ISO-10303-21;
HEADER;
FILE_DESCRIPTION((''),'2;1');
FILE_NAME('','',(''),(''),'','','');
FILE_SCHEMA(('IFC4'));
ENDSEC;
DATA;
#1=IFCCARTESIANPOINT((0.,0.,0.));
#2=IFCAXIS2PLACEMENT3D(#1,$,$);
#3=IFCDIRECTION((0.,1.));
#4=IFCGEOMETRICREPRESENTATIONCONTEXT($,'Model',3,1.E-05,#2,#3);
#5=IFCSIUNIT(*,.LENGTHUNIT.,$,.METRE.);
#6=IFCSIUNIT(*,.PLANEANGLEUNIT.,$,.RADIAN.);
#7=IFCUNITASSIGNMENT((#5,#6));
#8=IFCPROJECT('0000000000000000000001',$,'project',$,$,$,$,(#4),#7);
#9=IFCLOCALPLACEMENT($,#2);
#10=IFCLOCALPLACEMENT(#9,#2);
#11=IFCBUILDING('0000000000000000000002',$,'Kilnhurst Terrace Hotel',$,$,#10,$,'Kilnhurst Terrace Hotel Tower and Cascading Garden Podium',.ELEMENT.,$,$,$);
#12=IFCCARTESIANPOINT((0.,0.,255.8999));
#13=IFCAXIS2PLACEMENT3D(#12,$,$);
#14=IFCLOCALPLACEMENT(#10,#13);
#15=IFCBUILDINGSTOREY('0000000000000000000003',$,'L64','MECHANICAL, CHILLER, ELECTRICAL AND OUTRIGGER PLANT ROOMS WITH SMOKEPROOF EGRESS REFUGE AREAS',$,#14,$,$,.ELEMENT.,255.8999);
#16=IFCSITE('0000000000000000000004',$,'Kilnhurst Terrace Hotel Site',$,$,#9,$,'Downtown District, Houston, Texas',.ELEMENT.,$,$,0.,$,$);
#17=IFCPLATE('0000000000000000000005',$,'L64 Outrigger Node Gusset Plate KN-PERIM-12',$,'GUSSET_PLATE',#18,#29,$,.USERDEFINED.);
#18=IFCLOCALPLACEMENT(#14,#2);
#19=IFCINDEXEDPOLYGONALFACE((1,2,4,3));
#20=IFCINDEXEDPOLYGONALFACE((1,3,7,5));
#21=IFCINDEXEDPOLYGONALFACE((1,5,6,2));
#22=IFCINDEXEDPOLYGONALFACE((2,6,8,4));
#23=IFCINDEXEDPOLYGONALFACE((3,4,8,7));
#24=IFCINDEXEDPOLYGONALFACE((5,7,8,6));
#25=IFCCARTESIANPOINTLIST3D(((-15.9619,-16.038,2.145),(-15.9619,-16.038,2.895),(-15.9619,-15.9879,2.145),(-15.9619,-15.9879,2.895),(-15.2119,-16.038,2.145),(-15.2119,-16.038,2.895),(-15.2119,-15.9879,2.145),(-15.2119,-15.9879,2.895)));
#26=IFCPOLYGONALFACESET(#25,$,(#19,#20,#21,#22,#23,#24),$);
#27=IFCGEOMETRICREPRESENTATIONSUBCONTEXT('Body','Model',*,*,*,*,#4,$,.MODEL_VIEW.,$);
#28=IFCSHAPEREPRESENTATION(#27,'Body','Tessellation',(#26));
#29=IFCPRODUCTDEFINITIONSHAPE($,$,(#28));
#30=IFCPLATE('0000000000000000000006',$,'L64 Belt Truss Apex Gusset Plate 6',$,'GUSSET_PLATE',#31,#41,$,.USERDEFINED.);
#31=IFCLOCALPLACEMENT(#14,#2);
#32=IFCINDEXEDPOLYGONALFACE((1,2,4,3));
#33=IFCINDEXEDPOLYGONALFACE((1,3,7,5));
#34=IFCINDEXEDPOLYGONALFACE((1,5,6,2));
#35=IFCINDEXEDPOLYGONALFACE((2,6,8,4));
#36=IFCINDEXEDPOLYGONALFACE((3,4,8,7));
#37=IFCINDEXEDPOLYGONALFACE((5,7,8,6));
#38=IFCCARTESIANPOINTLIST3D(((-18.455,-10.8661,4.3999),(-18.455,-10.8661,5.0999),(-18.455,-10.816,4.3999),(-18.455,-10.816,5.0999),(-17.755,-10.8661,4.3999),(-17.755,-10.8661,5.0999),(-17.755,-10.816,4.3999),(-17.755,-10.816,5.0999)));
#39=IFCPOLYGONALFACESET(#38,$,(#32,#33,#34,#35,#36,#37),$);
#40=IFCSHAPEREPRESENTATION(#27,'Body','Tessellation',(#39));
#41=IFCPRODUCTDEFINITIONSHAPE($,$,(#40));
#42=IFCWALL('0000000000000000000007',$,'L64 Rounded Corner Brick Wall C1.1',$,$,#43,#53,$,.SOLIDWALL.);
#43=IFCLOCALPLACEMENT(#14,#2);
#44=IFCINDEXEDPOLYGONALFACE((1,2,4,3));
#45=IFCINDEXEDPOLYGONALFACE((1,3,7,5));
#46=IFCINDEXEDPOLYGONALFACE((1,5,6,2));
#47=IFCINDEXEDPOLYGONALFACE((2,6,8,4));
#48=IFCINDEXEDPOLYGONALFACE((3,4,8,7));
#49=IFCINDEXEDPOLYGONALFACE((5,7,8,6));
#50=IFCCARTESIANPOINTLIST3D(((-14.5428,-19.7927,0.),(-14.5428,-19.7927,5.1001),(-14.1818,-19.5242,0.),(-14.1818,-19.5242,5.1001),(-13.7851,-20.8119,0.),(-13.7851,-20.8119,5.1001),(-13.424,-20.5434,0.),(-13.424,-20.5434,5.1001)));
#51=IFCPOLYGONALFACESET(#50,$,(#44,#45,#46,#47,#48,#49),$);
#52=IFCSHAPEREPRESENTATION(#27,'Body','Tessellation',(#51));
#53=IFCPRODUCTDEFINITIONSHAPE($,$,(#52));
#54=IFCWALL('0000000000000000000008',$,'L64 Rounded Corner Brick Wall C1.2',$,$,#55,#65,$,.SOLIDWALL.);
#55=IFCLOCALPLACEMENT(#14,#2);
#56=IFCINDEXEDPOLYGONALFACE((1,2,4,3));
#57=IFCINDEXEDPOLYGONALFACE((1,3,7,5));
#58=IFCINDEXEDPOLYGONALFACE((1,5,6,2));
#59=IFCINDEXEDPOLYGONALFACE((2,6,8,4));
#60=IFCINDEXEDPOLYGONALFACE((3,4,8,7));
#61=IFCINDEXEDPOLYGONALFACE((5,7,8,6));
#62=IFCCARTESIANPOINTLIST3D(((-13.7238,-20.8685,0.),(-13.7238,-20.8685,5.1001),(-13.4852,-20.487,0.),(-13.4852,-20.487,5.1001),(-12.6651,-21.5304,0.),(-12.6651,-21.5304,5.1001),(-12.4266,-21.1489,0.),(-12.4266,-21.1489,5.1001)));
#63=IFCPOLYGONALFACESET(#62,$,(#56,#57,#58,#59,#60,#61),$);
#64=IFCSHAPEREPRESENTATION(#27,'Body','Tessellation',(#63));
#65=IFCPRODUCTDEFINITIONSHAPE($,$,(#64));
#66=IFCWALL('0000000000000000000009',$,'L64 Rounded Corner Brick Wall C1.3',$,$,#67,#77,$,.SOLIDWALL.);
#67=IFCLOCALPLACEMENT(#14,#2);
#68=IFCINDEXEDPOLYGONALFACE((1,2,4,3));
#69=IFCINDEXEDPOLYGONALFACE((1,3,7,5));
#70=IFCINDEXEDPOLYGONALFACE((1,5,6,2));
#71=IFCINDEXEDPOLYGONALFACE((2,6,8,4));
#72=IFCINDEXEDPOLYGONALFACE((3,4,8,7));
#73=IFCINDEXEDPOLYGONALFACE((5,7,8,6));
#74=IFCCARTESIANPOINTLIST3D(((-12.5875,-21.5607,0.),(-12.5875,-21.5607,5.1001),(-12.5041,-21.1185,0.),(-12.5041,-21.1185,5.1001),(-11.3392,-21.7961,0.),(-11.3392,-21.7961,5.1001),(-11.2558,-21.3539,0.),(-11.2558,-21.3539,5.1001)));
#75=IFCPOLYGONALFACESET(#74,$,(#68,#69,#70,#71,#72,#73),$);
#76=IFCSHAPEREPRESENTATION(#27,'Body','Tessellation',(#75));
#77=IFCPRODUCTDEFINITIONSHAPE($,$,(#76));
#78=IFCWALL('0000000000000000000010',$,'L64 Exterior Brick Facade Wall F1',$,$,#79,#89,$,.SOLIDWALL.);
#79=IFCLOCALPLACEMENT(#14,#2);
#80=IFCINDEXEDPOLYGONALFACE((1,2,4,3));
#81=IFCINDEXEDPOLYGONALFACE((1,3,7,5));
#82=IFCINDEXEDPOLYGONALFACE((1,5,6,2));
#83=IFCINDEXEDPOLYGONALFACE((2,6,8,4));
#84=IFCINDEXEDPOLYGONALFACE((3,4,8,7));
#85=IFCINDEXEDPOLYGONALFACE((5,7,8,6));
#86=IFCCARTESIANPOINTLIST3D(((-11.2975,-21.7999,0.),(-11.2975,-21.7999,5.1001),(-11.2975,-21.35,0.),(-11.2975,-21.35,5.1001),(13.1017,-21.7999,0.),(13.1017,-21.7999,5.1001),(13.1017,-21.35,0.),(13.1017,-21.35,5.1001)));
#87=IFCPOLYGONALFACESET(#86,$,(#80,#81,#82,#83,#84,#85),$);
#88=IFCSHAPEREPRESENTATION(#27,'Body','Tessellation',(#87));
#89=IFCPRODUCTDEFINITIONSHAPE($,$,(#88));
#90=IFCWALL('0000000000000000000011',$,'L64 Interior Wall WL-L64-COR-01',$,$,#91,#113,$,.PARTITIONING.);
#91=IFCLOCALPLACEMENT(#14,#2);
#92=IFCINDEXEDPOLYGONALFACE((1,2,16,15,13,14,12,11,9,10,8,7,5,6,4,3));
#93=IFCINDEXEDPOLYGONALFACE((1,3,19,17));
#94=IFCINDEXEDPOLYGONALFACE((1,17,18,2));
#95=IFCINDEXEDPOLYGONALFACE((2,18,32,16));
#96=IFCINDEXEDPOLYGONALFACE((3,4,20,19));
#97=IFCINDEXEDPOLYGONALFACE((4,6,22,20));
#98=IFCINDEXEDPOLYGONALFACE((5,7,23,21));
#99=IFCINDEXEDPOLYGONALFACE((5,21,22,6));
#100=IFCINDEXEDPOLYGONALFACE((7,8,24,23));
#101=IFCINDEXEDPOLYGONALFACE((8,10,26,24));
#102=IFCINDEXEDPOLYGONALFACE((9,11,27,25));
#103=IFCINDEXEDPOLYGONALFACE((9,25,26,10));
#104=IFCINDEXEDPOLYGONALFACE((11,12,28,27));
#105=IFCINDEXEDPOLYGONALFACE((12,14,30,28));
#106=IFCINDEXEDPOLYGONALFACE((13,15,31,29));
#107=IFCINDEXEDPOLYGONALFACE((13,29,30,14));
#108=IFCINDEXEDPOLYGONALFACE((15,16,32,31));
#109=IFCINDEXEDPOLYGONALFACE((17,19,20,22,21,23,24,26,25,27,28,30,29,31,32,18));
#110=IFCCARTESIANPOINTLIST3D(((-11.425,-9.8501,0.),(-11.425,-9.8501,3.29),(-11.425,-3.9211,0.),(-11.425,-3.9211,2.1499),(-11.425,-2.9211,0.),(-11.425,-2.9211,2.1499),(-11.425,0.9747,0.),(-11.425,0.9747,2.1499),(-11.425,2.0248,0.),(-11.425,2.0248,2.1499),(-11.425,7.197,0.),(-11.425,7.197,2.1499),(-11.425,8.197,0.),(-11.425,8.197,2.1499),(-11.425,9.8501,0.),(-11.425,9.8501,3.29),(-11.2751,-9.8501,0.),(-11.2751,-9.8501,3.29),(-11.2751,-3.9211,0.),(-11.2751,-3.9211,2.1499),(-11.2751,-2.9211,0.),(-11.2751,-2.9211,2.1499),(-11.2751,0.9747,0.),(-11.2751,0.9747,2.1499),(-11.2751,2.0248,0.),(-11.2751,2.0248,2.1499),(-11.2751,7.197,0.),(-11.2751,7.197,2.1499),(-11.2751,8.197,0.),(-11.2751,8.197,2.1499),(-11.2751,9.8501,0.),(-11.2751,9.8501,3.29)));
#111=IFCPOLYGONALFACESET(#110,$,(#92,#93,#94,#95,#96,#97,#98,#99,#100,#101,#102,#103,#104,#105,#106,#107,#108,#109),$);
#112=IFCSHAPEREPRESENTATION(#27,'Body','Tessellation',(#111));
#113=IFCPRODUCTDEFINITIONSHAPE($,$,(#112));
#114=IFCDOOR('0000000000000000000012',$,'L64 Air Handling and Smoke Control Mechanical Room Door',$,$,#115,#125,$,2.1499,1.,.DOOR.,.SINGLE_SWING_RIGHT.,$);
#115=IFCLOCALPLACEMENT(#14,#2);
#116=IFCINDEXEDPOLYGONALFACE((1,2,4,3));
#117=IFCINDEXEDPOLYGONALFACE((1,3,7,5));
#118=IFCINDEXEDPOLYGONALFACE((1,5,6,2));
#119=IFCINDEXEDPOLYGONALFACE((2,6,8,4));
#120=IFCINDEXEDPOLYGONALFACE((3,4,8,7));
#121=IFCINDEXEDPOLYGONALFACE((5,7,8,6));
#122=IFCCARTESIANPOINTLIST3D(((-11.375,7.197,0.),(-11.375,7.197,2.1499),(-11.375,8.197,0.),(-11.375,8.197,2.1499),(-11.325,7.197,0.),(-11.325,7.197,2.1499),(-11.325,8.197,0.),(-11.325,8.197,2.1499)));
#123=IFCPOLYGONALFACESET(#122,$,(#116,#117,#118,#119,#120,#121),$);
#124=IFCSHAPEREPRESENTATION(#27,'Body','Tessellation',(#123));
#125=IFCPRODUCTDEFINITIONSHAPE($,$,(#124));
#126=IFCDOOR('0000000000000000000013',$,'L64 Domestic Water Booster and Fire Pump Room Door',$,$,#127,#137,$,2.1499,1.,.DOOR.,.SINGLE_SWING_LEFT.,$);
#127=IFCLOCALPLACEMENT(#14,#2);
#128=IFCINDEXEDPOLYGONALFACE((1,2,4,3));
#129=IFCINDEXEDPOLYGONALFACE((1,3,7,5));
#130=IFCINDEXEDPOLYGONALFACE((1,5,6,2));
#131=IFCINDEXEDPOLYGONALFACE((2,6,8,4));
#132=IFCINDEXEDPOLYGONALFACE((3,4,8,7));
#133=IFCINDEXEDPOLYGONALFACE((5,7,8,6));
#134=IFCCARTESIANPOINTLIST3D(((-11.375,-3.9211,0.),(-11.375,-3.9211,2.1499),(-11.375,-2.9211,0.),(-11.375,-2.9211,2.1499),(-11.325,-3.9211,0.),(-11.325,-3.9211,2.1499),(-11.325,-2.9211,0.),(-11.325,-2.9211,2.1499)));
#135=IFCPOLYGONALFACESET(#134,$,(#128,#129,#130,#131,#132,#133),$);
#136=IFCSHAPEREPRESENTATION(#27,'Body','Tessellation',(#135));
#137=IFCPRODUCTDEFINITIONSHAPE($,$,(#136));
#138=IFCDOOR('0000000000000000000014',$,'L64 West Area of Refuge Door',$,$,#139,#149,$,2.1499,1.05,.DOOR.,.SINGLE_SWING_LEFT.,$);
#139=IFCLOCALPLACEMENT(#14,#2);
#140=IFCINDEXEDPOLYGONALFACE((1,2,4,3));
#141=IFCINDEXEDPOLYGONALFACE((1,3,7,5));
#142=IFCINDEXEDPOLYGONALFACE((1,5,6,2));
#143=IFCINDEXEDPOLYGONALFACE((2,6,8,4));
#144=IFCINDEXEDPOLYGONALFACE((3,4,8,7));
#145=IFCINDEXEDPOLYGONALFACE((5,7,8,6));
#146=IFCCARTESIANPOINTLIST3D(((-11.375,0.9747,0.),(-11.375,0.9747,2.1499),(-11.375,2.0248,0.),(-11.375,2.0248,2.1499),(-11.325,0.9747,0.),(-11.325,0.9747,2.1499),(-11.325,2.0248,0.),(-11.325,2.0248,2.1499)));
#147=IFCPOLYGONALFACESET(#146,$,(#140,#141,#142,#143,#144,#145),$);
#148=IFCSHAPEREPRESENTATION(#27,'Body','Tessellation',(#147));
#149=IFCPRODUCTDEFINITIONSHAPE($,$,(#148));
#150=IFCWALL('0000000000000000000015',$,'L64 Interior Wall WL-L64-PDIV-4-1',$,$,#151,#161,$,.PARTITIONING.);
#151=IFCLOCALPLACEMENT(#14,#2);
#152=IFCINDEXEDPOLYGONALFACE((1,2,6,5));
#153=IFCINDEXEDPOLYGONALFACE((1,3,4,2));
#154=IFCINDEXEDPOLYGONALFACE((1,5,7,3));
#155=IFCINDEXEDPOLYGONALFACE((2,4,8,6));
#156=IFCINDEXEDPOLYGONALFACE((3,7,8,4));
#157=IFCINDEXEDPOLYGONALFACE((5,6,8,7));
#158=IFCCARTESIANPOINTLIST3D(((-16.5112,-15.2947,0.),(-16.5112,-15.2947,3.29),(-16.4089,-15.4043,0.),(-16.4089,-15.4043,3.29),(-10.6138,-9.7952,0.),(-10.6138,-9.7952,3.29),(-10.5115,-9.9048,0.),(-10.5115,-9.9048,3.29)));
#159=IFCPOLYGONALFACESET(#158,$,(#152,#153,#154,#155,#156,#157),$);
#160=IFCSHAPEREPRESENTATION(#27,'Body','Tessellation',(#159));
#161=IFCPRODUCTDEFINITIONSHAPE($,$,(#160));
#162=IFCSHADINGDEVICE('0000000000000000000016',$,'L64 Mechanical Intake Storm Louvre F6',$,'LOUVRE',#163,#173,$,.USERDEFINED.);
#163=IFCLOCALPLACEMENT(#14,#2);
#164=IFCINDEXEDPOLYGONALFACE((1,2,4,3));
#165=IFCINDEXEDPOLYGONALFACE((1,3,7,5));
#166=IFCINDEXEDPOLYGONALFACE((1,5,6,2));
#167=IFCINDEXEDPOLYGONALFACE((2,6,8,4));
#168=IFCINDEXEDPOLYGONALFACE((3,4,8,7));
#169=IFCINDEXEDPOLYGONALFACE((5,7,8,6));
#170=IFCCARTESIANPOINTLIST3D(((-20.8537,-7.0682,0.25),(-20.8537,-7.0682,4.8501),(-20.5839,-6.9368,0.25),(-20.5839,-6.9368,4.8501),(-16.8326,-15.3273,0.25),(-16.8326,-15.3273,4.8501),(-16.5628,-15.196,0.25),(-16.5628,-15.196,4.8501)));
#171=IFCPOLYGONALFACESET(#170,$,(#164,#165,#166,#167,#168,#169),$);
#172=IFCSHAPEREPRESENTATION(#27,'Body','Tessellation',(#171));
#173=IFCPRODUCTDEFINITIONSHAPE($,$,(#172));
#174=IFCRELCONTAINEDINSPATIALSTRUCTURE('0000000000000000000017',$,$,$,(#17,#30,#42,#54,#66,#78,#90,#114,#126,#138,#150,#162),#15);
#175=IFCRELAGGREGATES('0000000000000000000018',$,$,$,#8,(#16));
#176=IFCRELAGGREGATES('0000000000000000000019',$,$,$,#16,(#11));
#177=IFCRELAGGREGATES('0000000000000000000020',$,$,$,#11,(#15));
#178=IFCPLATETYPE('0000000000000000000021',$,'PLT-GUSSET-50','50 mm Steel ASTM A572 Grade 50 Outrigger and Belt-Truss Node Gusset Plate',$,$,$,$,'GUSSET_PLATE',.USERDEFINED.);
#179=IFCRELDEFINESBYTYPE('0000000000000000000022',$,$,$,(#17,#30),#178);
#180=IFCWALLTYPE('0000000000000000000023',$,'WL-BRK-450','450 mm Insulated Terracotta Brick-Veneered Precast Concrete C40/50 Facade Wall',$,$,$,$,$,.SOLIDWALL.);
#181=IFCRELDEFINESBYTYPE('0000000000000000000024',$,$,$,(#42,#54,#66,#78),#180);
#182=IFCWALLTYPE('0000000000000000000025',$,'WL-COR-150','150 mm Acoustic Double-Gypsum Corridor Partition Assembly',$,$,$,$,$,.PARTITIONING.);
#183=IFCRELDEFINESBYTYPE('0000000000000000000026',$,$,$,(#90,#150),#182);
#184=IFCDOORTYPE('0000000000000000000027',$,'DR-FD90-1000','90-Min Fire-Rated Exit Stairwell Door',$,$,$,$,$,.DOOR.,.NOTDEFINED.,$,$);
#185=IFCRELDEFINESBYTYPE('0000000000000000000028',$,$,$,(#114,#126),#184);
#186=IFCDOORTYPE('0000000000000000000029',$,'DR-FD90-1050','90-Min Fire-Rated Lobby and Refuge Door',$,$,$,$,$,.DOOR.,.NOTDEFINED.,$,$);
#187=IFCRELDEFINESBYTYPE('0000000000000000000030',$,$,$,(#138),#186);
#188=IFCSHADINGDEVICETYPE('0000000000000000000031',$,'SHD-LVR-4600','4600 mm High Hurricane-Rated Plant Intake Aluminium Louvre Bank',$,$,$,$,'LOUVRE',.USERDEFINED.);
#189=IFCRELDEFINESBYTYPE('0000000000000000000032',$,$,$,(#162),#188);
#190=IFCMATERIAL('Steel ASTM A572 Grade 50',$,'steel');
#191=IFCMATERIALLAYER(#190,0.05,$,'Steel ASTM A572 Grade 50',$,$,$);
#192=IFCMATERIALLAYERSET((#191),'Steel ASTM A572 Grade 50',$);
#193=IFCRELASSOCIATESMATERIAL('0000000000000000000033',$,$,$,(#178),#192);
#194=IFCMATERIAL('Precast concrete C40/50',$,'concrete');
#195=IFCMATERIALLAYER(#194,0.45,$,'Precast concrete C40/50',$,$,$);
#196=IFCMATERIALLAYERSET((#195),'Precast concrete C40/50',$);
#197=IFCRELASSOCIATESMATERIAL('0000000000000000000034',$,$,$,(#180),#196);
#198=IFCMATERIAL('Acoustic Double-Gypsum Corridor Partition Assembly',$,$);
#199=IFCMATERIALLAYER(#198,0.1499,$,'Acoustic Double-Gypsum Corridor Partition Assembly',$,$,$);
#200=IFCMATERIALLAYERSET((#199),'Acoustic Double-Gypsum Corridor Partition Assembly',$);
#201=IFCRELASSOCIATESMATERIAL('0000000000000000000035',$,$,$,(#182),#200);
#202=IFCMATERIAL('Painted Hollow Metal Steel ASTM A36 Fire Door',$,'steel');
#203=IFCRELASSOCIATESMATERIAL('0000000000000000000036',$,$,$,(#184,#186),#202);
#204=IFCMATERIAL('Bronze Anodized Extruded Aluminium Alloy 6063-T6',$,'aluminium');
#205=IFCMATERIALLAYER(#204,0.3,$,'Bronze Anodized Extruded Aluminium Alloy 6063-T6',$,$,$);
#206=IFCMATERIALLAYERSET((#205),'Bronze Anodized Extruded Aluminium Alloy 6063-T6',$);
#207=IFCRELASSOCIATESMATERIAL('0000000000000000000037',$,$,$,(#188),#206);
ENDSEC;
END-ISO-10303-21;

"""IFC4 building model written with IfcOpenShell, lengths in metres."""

from ifc_helpers import new_model, si_unit, direction, frame, frame_2d, origin, origin_2d, place, context, subcontext, project, spatial, rectangle, extrude, material, layer, layer_set, type_object, element, fill, save


model = new_model("IFC4")

# Units and contexts
model_context = context("Model", 3, precision=1e-05, world=origin(), true_north=direction((0.0, 1.0)))
body_context = subcontext(model_context, "Body", "Model", "MODEL_VIEW")
ifc_project = project(units=[si_unit("LENGTHUNIT", "METRE"), si_unit("PLANEANGLEUNIT", "RADIAN")], contexts=[model_context])

# Site, building, storey
site_placement = place(None, origin())
site = spatial("IfcSite", under=ifc_project, at=site_placement, Name="Kilnhurst Terrace Hotel Site", LongName="Downtown District, Houston, Texas", CompositionType="ELEMENT", RefElevation=0.0)
building_placement = place(site_placement, origin())
building = spatial("IfcBuilding", under=site, at=building_placement, Name="Kilnhurst Terrace Hotel", LongName="Kilnhurst Terrace Hotel Tower and Cascading Garden Podium", CompositionType="ELEMENT")
storey_placement = place(building_placement, frame((0.0, 0.0, 255.8999)))
storey = spatial("IfcBuildingStorey", under=building, at=storey_placement, Name="L64", Description="MECHANICAL, CHILLER, ELECTRICAL AND OUTRIGGER PLANT ROOMS WITH SMOKEPROOF EGRESS REFUGE AREAS", CompositionType="ELEMENT", Elevation=255.8999)

# Shared definitions
ifc_material_1 = material(Name="Steel ASTM A572 Grade 50", Category="steel")

# Plates
ifc_layer_1 = layer(ifc_material_1, 0.05, Name="Steel ASTM A572 Grade 50")
ifc_layer_set_1 = layer_set([ifc_layer_1], Name="Steel ASTM A572 Grade 50")
plate_type = type_object("IfcPlateType", Name="PLT-GUSSET-50", Description="50 mm Steel ASTM A572 Grade 50 Outrigger and Belt-Truss Node Gusset Plate", ElementType="GUSSET_PLATE", PredefinedType="USERDEFINED", material=ifc_layer_set_1)
for number, where, z_axis, x_axis, name in (
    (1, (-15.5869, -16.0129, 2.145), (0.0, 0.0, 1.0), (1.0, 0.0, 0.0), "L64 Outrigger Node Gusset Plate KN-PERIM-12"),
):
    element("IfcPlate", number, at=place(storey_placement, frame(where, z_axis=z_axis, x_axis=x_axis)), inside=storey, type_object=plate_type, Name=name, ObjectType="GUSSET_PLATE", PredefinedType="USERDEFINED", context=body_context, shape_type="SweptSolid", body=[
        extrude(rectangle(XDim=0.75, YDim=0.05, at=origin_2d()), origin(), (0.0, 0.0, 1.0), 0.75),
    ])
plate_placement = place(storey_placement, frame((-18.105, -10.8411, 4.3999), z_axis=(0.0, 0.0, 1.0), x_axis=(1.0, 0.0, 0.0)))
element("IfcPlate", 2, at=plate_placement, inside=storey, type_object=plate_type, Name="L64 Belt Truss Apex Gusset Plate 6", ObjectType="GUSSET_PLATE", PredefinedType="USERDEFINED", context=body_context, shape_type="SweptSolid", body=[
    extrude(rectangle(XDim=0.7, YDim=0.05, at=origin_2d()), origin(), (0.0, 0.0, 1.0), 0.7),
])

# Walls
ifc_material_2 = material(Name="Precast concrete C40/50", Category="concrete")
ifc_layer_2 = layer(ifc_material_2, 0.45, Name="Precast concrete C40/50")
ifc_layer_set_2 = layer_set([ifc_layer_2], Name="Precast concrete C40/50")
wall_type_1 = type_object("IfcWallType", Name="WL-BRK-450", Description="450 mm Insulated Terracotta Brick-Veneered Precast Concrete C40/50 Facade Wall", PredefinedType="SOLIDWALL", material=ifc_layer_set_2)
wall_1_placement = place(storey_placement, frame((-14.3623, -19.6584, 0.0), z_axis=(0.0, 0.0, 1.0), x_axis=(0.596642, -0.802507, 0.0)))
element("IfcWall", 3, at=wall_1_placement, inside=storey, type_object=wall_type_1, Name="L64 Rounded Corner Brick Wall C1.1", PredefinedType="SOLIDWALL", context=body_context, shape_type="SweptSolid", body=[
    extrude(rectangle(XDim=1.27, YDim=0.45, at=frame_2d((0.635, 0.0))), origin(), (0.0, 0.0, 1.0), 5.1001),
])
wall_2_placement = place(storey_placement, frame((-13.6045, -20.6777, 0.0), z_axis=(0.0, 0.0, 1.0), x_axis=(0.84791, -0.53014, 0.0)))
element("IfcWall", 4, at=wall_2_placement, inside=storey, type_object=wall_type_1, Name="L64 Rounded Corner Brick Wall C1.2", PredefinedType="SOLIDWALL", context=body_context, shape_type="SweptSolid", body=[
    extrude(rectangle(XDim=1.2485, YDim=0.45, at=frame_2d((0.6243, 0.0))), origin(), (0.0, 0.0, 1.0), 5.1001),
])
wall_3_placement = place(storey_placement, frame((-12.5459, -21.3396, 0.0), z_axis=(0.0, 0.0, 1.0), x_axis=(0.982687, -0.185275, 0.0)))
element("IfcWall", 5, at=wall_3_placement, inside=storey, type_object=wall_type_1, Name="L64 Rounded Corner Brick Wall C1.3", PredefinedType="SOLIDWALL", context=body_context, shape_type="SweptSolid", body=[
    extrude(rectangle(XDim=1.2703, YDim=0.45, at=frame_2d((0.6353, 0.0))), origin(), (0.0, 0.0, 1.0), 5.1001),
])
wall_4_placement = place(storey_placement, frame((-11.2976, -21.575, 0.0), z_axis=(0.0, 0.0, 1.0), x_axis=(1.0, 0.0, 0.0)))
element("IfcWall", 6, at=wall_4_placement, inside=storey, type_object=wall_type_1, Name="L64 Exterior Brick Facade Wall F1", PredefinedType="SOLIDWALL", context=body_context, shape_type="SweptSolid", body=[
    extrude(rectangle(XDim=24.3992, YDim=0.45, at=frame_2d((12.1997, 0.0))), origin(), (0.0, 0.0, 1.0), 5.1001),
])

# Wall, openings, doors
ifc_material_3 = material(Name="Acoustic Double-Gypsum Corridor Partition Assembly")
ifc_layer_3 = layer(ifc_material_3, 0.1499, Name="Acoustic Double-Gypsum Corridor Partition Assembly")
ifc_layer_set_3 = layer_set([ifc_layer_3], Name="Acoustic Double-Gypsum Corridor Partition Assembly")
wall_type_2 = type_object("IfcWallType", Name="WL-COR-150", Description="150 mm Acoustic Double-Gypsum Corridor Partition Assembly", PredefinedType="PARTITIONING", material=ifc_layer_set_3)
wall_5_placement = place(storey_placement, frame((-11.3501, -9.8501, 0.0), z_axis=(0.0, 0.0, 1.0), x_axis=(0.0, 1.0, 0.0)))
wall_5 = element("IfcWall", 7, at=wall_5_placement, inside=storey, type_object=wall_type_2, Name="L64 Interior Wall WL-L64-COR-01", PredefinedType="PARTITIONING", context=body_context, shape_type="SweptSolid", body=[
    extrude(rectangle(XDim=19.7002, YDim=0.1499, at=frame_2d((9.8501, 0.0))), origin(), (0.0, 0.0, 1.0), 3.29),
])
opening_1_placement = place(wall_5_placement, frame((10.825, 0.0, 0.0)))
opening_1 = element("IfcOpeningElement", 8, at=opening_1_placement, cuts=wall_5, PredefinedType="OPENING", context=body_context, shape_type="SweptSolid", body=[
    extrude(rectangle(XDim=1.05, YDim=2.1499, at=frame_2d((0.5249, 1.075))), frame((0.0, 0.085, 0.0), z_axis=(0.0, -1.0, 0.0), x_axis=(1.0, 0.0, 0.0)), (0.0, 0.0, 1.0), 0.1699),
])
opening_2_placement = place(wall_5_placement, frame((17.0471, 0.0, 0.0)))
opening_2 = element("IfcOpeningElement", 9, at=opening_2_placement, cuts=wall_5, PredefinedType="OPENING", context=body_context, shape_type="SweptSolid", body=[
    extrude(rectangle(XDim=1.0, YDim=2.1499, at=frame_2d((0.5, 1.075))), frame((0.0, 0.085, 0.0), z_axis=(0.0, -1.0, 0.0), x_axis=(1.0, 0.0, 0.0)), (0.0, 0.0, 1.0), 0.1699),
])
opening_3_placement = place(wall_5_placement, frame((5.929, 0.0, 0.0)))
opening_3 = element("IfcOpeningElement", 10, at=opening_3_placement, cuts=wall_5, PredefinedType="OPENING", context=body_context, shape_type="SweptSolid", body=[
    extrude(rectangle(XDim=1.0, YDim=2.1499, at=frame_2d((0.5, 1.075))), frame((0.0, 0.085, 0.0), z_axis=(0.0, -1.0, 0.0), x_axis=(1.0, 0.0, 0.0)), (0.0, 0.0, 1.0), 0.1699),
])
ifc_material_4 = material(Name="Painted Hollow Metal Steel ASTM A36 Fire Door", Category="steel")
door_type_1 = type_object("IfcDoorType", Name="DR-FD90-1000", Description="90-Min Fire-Rated Exit Stairwell Door", OperationType="NOTDEFINED", PredefinedType="DOOR", material=ifc_material_4)
door_1_placement = place(opening_2_placement, origin())
door_1 = element("IfcDoor", 11, at=door_1_placement, inside=storey, type_object=door_type_1, Name="L64 Air Handling and Smoke Control Mechanical Room Door", OperationType="SINGLE_SWING_RIGHT", OverallHeight=2.1499, OverallWidth=1.0, PredefinedType="DOOR", context=body_context, shape_type="SweptSolid", body=[
    extrude(rectangle(XDim=1.0, YDim=2.1499, at=frame_2d((0.5, 1.075))), frame((0.0, 0.0249, 0.0), z_axis=(0.0, -1.0, 0.0), x_axis=(1.0, 0.0, 0.0)), (0.0, 0.0, 1.0), 0.05),
])
fill(opening_2, door_1)
door_2_placement = place(opening_3_placement, origin())
door_2 = element("IfcDoor", 12, at=door_2_placement, inside=storey, type_object=door_type_1, Name="L64 Domestic Water Booster and Fire Pump Room Door", OperationType="SINGLE_SWING_LEFT", OverallHeight=2.1499, OverallWidth=1.0, PredefinedType="DOOR", context=body_context, shape_type="SweptSolid", body=[
    extrude(rectangle(XDim=1.0, YDim=2.1499, at=frame_2d((0.5, 1.075))), frame((0.0, 0.0249, 0.0), z_axis=(0.0, -1.0, 0.0), x_axis=(1.0, 0.0, 0.0)), (0.0, 0.0, 1.0), 0.05),
])
fill(opening_3, door_2)
door_type_2 = type_object("IfcDoorType", Name="DR-FD90-1050", Description="90-Min Fire-Rated Lobby and Refuge Door", OperationType="NOTDEFINED", PredefinedType="DOOR", material=ifc_material_4)
door_3_placement = place(opening_1_placement, origin())
door_3 = element("IfcDoor", 13, at=door_3_placement, inside=storey, type_object=door_type_2, Name="L64 West Area of Refuge Door", OperationType="SINGLE_SWING_LEFT", OverallHeight=2.1499, OverallWidth=1.05, PredefinedType="DOOR", context=body_context, shape_type="SweptSolid", body=[
    extrude(rectangle(XDim=1.05, YDim=2.1499, at=frame_2d((0.5249, 1.075))), frame((0.0, 0.0249, 0.0), z_axis=(0.0, -1.0, 0.0), x_axis=(1.0, 0.0, 0.0)), (0.0, 0.0, 1.0), 0.05),
])
fill(opening_1, door_3)

# Wall
wall_6_placement = place(storey_placement, frame((-10.5627, -9.8501, 0.0), z_axis=(0.0, 0.0, 1.0), x_axis=(-0.731351, -0.682001, 0.0)))
element("IfcWall", 14, at=wall_6_placement, inside=storey, type_object=wall_type_2, Name="L64 Interior Wall WL-L64-PDIV-4-1", PredefinedType="PARTITIONING", context=body_context, shape_type="SweptSolid", body=[
    extrude(rectangle(XDim=8.0637, YDim=0.1499, at=frame_2d((4.0317, 0.0))), origin(), (0.0, 0.0, 1.0), 3.29),
])

# Shading device
ifc_material_5 = material(Name="Bronze Anodized Extruded Aluminium Alloy 6063-T6", Category="aluminium")
ifc_layer_4 = layer(ifc_material_5, 0.3, Name="Bronze Anodized Extruded Aluminium Alloy 6063-T6")
ifc_layer_set_4 = layer_set([ifc_layer_4], Name="Bronze Anodized Extruded Aluminium Alloy 6063-T6")
shading_device_type = type_object("IfcShadingDeviceType", Name="SHD-LVR-4600", Description="4600 mm High Hurricane-Rated Plant Intake Aluminium Louvre Bank", ElementType="LOUVRE", PredefinedType="USERDEFINED", material=ifc_layer_set_4)
shading_device_placement = place(storey_placement, frame((-18.7083, -11.1321, 0.25), z_axis=(0.0, 0.0, 1.0), x_axis=(0.437744, -0.8991, 0.0)))
element("IfcShadingDevice", 15, at=shading_device_placement, inside=storey, type_object=shading_device_type, Name="L64 Mechanical Intake Storm Louvre F6", ObjectType="LOUVRE", PredefinedType="USERDEFINED", context=body_context, shape_type="SweptSolid", body=[
    extrude(rectangle(XDim=9.186, YDim=0.3, at=origin_2d()), origin(), (0.0, 0.0, 1.0), 4.6001),
])

save(model, "model.ifc")
